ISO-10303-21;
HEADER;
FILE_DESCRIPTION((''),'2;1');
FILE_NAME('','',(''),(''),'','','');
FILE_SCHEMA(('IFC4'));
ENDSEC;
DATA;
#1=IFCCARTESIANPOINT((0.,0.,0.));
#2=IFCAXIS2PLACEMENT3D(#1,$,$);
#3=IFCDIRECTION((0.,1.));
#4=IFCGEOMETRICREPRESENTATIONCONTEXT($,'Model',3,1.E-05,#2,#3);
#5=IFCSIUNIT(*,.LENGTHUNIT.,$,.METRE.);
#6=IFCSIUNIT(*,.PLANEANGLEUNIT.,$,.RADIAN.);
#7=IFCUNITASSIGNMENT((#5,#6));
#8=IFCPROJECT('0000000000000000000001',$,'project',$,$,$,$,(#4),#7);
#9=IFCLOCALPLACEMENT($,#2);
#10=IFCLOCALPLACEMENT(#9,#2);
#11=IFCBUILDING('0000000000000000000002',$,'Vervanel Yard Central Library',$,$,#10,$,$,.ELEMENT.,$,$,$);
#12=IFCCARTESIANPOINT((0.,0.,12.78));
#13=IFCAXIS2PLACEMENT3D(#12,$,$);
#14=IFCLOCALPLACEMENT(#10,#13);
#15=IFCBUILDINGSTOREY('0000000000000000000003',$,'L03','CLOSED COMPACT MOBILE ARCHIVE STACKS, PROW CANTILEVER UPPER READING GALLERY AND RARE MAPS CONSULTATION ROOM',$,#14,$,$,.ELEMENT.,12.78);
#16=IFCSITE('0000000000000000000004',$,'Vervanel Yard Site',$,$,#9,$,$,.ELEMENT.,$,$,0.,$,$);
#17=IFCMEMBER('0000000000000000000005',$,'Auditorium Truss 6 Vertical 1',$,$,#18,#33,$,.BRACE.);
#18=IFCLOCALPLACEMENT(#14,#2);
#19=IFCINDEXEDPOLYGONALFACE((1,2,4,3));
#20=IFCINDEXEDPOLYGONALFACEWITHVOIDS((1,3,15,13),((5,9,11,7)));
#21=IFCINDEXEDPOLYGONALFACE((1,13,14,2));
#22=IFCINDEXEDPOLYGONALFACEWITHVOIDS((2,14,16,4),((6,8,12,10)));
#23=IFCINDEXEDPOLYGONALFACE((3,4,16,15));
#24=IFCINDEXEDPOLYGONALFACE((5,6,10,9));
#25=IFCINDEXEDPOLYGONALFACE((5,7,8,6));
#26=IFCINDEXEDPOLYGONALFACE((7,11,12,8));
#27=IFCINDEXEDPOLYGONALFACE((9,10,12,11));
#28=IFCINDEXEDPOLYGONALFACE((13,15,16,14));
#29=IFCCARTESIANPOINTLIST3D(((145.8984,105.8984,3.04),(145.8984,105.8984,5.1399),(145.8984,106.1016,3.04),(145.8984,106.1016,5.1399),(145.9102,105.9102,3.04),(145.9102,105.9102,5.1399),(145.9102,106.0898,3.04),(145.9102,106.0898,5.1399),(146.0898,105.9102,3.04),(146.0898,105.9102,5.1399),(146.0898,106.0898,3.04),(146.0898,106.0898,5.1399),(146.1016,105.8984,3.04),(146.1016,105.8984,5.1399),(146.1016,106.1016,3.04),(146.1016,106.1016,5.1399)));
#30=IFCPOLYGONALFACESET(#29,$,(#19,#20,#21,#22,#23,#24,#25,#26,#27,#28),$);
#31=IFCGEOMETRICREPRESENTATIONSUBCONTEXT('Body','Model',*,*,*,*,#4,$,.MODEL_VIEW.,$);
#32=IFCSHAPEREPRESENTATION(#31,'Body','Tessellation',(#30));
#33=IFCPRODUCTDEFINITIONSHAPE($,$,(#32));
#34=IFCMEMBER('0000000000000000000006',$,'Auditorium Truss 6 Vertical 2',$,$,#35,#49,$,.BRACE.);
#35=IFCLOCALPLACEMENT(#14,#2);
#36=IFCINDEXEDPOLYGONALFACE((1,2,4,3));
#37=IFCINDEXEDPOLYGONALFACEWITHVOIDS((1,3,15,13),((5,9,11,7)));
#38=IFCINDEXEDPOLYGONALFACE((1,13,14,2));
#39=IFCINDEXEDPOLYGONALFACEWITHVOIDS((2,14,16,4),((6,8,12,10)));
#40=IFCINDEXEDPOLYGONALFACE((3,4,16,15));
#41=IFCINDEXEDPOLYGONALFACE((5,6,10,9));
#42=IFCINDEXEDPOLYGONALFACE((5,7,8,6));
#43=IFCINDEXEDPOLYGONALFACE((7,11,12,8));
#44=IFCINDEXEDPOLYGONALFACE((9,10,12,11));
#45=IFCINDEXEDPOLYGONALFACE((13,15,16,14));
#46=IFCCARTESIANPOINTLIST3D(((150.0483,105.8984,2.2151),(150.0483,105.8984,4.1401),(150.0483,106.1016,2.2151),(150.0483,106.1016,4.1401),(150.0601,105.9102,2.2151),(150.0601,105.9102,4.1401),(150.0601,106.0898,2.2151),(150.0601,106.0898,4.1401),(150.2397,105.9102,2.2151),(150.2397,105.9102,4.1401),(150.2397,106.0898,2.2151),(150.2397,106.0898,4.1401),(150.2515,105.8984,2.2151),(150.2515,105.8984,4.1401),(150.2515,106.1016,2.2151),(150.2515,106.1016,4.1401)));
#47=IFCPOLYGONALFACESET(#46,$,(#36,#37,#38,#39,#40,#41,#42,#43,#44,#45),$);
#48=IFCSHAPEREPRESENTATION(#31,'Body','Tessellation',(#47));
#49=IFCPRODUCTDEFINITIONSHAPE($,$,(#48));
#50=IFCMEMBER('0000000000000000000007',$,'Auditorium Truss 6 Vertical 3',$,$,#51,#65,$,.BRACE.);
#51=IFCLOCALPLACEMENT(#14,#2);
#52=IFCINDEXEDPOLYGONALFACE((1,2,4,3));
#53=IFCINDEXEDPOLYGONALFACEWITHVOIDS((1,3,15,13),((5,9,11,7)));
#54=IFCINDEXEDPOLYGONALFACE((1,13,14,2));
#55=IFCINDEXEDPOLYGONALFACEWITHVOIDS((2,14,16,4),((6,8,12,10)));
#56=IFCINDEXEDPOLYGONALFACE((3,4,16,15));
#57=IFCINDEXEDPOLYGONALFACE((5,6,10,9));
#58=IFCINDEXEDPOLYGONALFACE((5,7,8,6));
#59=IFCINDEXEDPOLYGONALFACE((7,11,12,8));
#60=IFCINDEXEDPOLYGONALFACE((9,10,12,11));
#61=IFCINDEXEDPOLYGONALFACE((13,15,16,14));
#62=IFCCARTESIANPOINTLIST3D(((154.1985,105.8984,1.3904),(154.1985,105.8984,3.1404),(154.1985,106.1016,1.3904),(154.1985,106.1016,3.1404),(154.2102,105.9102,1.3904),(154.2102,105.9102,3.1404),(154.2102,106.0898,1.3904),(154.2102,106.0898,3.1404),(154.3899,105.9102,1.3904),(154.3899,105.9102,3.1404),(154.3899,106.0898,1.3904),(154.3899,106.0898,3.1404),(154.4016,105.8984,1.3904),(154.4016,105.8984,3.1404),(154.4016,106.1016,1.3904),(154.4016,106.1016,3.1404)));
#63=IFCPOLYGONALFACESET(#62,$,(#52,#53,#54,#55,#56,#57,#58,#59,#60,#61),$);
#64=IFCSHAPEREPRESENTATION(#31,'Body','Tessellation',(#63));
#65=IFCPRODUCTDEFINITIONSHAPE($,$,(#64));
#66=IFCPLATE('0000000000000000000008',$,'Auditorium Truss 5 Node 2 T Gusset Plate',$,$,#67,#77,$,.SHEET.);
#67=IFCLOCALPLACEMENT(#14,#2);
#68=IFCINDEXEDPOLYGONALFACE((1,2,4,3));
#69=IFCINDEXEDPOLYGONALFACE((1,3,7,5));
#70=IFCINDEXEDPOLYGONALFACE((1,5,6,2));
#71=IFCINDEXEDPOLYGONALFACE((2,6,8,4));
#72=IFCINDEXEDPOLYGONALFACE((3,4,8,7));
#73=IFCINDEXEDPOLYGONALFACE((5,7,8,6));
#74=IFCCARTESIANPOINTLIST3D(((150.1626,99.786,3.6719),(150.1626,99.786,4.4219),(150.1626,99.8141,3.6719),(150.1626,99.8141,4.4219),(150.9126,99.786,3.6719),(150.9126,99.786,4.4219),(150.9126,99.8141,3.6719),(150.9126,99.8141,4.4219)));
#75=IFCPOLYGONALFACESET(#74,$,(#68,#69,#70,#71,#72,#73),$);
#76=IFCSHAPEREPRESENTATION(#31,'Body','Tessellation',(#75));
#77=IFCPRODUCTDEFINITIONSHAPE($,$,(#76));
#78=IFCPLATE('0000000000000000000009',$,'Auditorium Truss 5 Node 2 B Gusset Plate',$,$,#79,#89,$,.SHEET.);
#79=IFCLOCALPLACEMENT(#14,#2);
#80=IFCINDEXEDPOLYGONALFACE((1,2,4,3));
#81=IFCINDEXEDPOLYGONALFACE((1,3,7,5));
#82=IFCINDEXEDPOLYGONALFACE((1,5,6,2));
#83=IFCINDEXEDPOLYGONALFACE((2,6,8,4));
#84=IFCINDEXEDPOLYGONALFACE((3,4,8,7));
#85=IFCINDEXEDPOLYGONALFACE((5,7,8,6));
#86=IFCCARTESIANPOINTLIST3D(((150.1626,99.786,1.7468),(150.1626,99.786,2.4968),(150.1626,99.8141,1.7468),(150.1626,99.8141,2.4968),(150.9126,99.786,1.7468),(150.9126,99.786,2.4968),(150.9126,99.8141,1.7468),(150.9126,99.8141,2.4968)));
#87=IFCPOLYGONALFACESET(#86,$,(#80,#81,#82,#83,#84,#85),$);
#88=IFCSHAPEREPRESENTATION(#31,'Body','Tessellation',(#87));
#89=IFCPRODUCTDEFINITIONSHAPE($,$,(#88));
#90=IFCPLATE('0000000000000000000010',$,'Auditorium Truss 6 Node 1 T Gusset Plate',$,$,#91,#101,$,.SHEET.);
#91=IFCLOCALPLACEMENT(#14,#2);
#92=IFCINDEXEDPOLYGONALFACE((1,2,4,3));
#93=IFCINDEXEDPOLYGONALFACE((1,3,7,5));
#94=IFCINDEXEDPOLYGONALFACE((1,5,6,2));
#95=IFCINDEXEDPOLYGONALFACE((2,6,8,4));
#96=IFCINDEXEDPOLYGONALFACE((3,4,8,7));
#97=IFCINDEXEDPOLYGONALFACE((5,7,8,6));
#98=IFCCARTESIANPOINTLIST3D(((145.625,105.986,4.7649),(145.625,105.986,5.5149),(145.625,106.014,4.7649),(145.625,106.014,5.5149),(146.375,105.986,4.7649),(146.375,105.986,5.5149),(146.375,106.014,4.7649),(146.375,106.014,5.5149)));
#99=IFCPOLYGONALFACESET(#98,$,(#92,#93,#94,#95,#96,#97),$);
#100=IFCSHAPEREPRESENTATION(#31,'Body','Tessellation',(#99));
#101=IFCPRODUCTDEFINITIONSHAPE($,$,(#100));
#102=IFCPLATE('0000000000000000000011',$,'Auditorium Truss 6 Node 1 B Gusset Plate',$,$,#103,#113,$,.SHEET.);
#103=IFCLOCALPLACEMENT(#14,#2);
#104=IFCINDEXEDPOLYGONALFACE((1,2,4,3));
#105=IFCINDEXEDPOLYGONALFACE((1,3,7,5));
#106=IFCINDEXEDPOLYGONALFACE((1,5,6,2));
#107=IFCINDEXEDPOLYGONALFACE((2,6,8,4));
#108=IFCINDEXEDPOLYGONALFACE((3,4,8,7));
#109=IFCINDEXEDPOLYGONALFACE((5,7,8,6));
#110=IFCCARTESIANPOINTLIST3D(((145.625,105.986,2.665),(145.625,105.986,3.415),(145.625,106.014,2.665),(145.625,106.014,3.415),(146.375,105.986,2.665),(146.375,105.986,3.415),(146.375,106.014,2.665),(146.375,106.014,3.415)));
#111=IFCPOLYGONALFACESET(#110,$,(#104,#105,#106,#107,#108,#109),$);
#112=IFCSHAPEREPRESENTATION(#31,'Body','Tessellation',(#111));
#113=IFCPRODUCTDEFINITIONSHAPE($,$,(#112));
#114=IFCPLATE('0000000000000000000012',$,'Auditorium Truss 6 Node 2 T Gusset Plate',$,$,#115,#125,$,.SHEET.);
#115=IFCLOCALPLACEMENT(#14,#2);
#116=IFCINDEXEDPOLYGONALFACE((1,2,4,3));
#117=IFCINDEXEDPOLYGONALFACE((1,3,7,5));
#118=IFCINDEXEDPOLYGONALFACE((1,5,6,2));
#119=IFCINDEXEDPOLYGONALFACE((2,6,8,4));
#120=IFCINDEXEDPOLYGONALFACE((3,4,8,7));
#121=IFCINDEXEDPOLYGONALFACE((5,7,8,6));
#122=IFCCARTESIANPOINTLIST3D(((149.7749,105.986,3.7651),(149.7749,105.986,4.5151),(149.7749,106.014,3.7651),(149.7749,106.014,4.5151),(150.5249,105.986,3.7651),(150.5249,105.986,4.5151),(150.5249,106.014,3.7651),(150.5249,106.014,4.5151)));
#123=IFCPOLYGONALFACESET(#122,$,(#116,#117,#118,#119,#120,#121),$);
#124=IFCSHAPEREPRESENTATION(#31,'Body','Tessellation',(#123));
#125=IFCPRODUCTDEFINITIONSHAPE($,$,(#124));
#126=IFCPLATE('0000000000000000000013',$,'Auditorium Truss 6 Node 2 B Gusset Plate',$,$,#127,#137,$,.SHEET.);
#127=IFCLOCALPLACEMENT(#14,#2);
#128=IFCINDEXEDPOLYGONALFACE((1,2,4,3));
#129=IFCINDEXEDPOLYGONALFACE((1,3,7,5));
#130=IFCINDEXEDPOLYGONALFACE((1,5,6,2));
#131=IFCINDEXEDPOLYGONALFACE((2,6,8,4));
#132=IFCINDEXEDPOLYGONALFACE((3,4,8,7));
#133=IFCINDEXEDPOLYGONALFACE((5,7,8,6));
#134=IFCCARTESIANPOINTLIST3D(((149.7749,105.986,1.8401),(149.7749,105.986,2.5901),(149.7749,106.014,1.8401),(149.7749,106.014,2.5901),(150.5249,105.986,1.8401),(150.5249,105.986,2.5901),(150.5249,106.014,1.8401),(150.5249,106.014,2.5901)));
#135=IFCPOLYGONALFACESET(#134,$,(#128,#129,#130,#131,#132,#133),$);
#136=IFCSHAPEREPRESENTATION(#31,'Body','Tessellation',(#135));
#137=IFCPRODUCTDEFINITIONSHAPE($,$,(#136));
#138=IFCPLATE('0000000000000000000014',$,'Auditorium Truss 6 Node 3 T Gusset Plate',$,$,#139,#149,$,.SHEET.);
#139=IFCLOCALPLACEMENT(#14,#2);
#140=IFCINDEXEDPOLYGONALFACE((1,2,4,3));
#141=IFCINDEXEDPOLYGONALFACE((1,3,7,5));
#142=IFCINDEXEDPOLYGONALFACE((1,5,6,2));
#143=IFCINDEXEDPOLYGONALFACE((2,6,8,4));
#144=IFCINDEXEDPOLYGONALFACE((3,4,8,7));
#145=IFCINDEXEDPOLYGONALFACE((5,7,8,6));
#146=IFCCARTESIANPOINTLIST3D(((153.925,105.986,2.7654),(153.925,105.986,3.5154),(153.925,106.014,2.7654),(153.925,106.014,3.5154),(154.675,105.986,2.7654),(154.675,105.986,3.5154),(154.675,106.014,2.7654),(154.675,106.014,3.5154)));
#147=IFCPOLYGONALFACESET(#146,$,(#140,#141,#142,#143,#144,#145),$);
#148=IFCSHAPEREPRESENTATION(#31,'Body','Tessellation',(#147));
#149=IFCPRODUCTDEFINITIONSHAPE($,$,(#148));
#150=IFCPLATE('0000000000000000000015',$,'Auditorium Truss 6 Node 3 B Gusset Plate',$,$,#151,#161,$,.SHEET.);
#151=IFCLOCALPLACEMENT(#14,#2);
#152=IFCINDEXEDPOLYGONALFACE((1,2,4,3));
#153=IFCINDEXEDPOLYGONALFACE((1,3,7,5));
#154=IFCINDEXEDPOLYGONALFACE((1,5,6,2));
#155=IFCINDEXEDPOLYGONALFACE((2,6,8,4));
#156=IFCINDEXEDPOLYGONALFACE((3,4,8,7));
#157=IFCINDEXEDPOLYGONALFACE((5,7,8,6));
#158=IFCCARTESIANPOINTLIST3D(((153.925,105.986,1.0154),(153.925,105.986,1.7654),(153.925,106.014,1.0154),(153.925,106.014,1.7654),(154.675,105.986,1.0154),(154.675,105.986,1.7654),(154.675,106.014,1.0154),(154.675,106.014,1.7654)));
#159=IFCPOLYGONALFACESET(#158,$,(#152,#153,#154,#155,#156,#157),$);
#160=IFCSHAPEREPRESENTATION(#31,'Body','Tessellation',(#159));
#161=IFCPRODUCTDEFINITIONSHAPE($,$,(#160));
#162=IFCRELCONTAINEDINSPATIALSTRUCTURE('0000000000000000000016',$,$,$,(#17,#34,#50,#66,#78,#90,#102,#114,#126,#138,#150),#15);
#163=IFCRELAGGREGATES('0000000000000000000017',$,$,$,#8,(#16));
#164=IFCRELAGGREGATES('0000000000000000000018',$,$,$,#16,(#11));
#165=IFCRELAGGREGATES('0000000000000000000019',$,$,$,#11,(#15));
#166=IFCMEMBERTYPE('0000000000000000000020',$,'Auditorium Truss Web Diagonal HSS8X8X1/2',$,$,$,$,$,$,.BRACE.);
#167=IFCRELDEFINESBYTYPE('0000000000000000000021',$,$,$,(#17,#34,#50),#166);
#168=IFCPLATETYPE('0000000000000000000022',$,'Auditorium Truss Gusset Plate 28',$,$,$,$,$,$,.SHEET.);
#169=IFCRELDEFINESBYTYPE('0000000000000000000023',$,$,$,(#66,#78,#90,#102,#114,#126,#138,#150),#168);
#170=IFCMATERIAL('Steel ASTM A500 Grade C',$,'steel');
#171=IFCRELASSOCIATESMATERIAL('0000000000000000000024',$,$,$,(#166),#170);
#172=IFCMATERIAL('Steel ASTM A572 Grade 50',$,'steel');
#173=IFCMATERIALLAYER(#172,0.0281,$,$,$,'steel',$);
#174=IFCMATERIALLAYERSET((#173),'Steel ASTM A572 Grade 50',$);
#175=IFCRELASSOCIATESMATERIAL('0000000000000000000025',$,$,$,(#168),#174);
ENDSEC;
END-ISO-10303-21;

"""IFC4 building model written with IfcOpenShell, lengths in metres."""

from ifc_helpers import new_model, si_unit, direction, frame, origin, origin_2d, place, context, subcontext, project, spatial, rectangle, hollow_rectangle, extrude, material, layer, layer_set, material_profile, profile_set, type_object, element, save


model = new_model("IFC4")

# Units and contexts
model_context = context("Model", 3, precision=1e-05, world=origin(), true_north=direction((0.0, 1.0)))
body_context = subcontext(model_context, "Body", "Model", "MODEL_VIEW")
ifc_project = project(units=[si_unit("LENGTHUNIT", "METRE"), si_unit("PLANEANGLEUNIT", "RADIAN")], contexts=[model_context])

# Site, building, storey
site_placement = place(None, origin())
site = spatial("IfcSite", under=ifc_project, at=site_placement, Name="Vervanel Yard Site", CompositionType="ELEMENT", RefElevation=0.0)
building_placement = place(site_placement, origin())
building = spatial("IfcBuilding", under=site, at=building_placement, Name="Vervanel Yard Central Library", CompositionType="ELEMENT")
storey_placement = place(building_placement, frame((0.0, 0.0, 12.78)))
storey = spatial("IfcBuildingStorey", under=building, at=storey_placement, Name="L03", Description="CLOSED COMPACT MOBILE ARCHIVE STACKS, PROW CANTILEVER UPPER READING GALLERY AND RARE MAPS CONSULTATION ROOM", CompositionType="ELEMENT", Elevation=12.78)

# Members
ifc_material_1 = material(Name="Steel ASTM A500 Grade C", Category="steel")
ifc_material_profile_1 = material_profile(ifc_material_1, hollow_rectangle(XDim=0.2031, YDim=0.2031, WallThickness=0.0117, at=origin_2d()), Name="HSS8X8X1/2", Category="steel")
ifc_profile_set_1 = profile_set([ifc_material_profile_1], Name="Steel ASTM A500 Grade C")
member_type_1 = type_object("IfcMemberType", Name="Auditorium Truss Web Diagonal HSS8X8X1/2", PredefinedType="BRACE", material=ifc_profile_set_1)
member_1_placement = place(storey_placement, frame((146.0, 106.0, 3.04), z_axis=(0.0, 0.0, 1.0), x_axis=(1.0, 0.0, 0.0)))
element("IfcMember", 1, at=member_1_placement, inside=storey, type_object=member_type_1, Name="Auditorium Truss 6 Vertical 1", PredefinedType="BRACE", context=body_context, shape_type="SweptSolid", body=[
    extrude(hollow_rectangle(XDim=0.2031, YDim=0.2031, WallThickness=0.0117, at=origin_2d()), origin(), (0.0, 0.0, 1.0), 2.0999),
])
member_2_placement = place(storey_placement, frame((150.1499, 106.0, 2.2151), z_axis=(0.0, 0.0, 1.0), x_axis=(1.0, 0.0, 0.0)))
element("IfcMember", 2, at=member_2_placement, inside=storey, type_object=member_type_1, Name="Auditorium Truss 6 Vertical 2", PredefinedType="BRACE", context=body_context, shape_type="SweptSolid", body=[
    extrude(hollow_rectangle(XDim=0.2031, YDim=0.2031, WallThickness=0.0117, at=origin_2d()), origin(), (0.0, 0.0, 1.0), 1.925),
])
member_3_placement = place(storey_placement, frame((154.3, 106.0, 1.3904), z_axis=(0.0, 0.0, 1.0), x_axis=(1.0, 0.0, 0.0)))
element("IfcMember", 3, at=member_3_placement, inside=storey, type_object=member_type_1, Name="Auditorium Truss 6 Vertical 3", PredefinedType="BRACE", context=body_context, shape_type="SweptSolid", body=[
    extrude(hollow_rectangle(XDim=0.2031, YDim=0.2031, WallThickness=0.0117, at=origin_2d()), origin(), (0.0, 0.0, 1.0), 1.75),
])

# Plates
ifc_material_2 = material(Name="Steel ASTM A572 Grade 50", Category="steel")
ifc_layer = layer(ifc_material_2, 0.0281, Category="steel")
ifc_layer_set = layer_set([ifc_layer], Name="Steel ASTM A572 Grade 50")
plate_type = type_object("IfcPlateType", Name="Auditorium Truss Gusset Plate 28", PredefinedType="SHEET", material=ifc_layer_set)
for number, where, z_axis, x_axis, name in (
    (4, (150.5376, 99.8, 3.6719), (0.0, 0.0, 1.0), (1.0, 0.0, 0.0), "Auditorium Truss 5 Node 2 T Gusset Plate"),
    (5, (150.5376, 99.8, 1.7468), (0.0, 0.0, 1.0), (1.0, 0.0, 0.0), "Auditorium Truss 5 Node 2 B Gusset Plate"),
    (6, (146.0, 106.0, 4.7649), (0.0, 0.0, 1.0), (1.0, 0.0, 0.0), "Auditorium Truss 6 Node 1 T Gusset Plate"),
    (7, (146.0, 106.0, 2.665), (0.0, 0.0, 1.0), (1.0, 0.0, 0.0), "Auditorium Truss 6 Node 1 B Gusset Plate"),
    (8, (150.1499, 106.0, 3.7651), (0.0, 0.0, 1.0), (1.0, 0.0, 0.0), "Auditorium Truss 6 Node 2 T Gusset Plate"),
    (9, (150.1499, 106.0, 1.8401), (0.0, 0.0, 1.0), (1.0, 0.0, 0.0), "Auditorium Truss 6 Node 2 B Gusset Plate"),
    (10, (154.3, 106.0, 2.7654), (0.0, 0.0, 1.0), (1.0, 0.0, 0.0), "Auditorium Truss 6 Node 3 T Gusset Plate"),
    (11, (154.3, 106.0, 1.0154), (0.0, 0.0, 1.0), (1.0, 0.0, 0.0), "Auditorium Truss 6 Node 3 B Gusset Plate"),
):
    element("IfcPlate", number, at=place(storey_placement, frame(where, z_axis=z_axis, x_axis=x_axis)), inside=storey, type_object=plate_type, Name=name, PredefinedType="SHEET", context=body_context, shape_type="SweptSolid", body=[
        extrude(rectangle(XDim=0.75, YDim=0.0281, at=origin_2d()), origin(), (0.0, 0.0, 1.0), 0.75),
    ])

save(model, "model.ifc")
